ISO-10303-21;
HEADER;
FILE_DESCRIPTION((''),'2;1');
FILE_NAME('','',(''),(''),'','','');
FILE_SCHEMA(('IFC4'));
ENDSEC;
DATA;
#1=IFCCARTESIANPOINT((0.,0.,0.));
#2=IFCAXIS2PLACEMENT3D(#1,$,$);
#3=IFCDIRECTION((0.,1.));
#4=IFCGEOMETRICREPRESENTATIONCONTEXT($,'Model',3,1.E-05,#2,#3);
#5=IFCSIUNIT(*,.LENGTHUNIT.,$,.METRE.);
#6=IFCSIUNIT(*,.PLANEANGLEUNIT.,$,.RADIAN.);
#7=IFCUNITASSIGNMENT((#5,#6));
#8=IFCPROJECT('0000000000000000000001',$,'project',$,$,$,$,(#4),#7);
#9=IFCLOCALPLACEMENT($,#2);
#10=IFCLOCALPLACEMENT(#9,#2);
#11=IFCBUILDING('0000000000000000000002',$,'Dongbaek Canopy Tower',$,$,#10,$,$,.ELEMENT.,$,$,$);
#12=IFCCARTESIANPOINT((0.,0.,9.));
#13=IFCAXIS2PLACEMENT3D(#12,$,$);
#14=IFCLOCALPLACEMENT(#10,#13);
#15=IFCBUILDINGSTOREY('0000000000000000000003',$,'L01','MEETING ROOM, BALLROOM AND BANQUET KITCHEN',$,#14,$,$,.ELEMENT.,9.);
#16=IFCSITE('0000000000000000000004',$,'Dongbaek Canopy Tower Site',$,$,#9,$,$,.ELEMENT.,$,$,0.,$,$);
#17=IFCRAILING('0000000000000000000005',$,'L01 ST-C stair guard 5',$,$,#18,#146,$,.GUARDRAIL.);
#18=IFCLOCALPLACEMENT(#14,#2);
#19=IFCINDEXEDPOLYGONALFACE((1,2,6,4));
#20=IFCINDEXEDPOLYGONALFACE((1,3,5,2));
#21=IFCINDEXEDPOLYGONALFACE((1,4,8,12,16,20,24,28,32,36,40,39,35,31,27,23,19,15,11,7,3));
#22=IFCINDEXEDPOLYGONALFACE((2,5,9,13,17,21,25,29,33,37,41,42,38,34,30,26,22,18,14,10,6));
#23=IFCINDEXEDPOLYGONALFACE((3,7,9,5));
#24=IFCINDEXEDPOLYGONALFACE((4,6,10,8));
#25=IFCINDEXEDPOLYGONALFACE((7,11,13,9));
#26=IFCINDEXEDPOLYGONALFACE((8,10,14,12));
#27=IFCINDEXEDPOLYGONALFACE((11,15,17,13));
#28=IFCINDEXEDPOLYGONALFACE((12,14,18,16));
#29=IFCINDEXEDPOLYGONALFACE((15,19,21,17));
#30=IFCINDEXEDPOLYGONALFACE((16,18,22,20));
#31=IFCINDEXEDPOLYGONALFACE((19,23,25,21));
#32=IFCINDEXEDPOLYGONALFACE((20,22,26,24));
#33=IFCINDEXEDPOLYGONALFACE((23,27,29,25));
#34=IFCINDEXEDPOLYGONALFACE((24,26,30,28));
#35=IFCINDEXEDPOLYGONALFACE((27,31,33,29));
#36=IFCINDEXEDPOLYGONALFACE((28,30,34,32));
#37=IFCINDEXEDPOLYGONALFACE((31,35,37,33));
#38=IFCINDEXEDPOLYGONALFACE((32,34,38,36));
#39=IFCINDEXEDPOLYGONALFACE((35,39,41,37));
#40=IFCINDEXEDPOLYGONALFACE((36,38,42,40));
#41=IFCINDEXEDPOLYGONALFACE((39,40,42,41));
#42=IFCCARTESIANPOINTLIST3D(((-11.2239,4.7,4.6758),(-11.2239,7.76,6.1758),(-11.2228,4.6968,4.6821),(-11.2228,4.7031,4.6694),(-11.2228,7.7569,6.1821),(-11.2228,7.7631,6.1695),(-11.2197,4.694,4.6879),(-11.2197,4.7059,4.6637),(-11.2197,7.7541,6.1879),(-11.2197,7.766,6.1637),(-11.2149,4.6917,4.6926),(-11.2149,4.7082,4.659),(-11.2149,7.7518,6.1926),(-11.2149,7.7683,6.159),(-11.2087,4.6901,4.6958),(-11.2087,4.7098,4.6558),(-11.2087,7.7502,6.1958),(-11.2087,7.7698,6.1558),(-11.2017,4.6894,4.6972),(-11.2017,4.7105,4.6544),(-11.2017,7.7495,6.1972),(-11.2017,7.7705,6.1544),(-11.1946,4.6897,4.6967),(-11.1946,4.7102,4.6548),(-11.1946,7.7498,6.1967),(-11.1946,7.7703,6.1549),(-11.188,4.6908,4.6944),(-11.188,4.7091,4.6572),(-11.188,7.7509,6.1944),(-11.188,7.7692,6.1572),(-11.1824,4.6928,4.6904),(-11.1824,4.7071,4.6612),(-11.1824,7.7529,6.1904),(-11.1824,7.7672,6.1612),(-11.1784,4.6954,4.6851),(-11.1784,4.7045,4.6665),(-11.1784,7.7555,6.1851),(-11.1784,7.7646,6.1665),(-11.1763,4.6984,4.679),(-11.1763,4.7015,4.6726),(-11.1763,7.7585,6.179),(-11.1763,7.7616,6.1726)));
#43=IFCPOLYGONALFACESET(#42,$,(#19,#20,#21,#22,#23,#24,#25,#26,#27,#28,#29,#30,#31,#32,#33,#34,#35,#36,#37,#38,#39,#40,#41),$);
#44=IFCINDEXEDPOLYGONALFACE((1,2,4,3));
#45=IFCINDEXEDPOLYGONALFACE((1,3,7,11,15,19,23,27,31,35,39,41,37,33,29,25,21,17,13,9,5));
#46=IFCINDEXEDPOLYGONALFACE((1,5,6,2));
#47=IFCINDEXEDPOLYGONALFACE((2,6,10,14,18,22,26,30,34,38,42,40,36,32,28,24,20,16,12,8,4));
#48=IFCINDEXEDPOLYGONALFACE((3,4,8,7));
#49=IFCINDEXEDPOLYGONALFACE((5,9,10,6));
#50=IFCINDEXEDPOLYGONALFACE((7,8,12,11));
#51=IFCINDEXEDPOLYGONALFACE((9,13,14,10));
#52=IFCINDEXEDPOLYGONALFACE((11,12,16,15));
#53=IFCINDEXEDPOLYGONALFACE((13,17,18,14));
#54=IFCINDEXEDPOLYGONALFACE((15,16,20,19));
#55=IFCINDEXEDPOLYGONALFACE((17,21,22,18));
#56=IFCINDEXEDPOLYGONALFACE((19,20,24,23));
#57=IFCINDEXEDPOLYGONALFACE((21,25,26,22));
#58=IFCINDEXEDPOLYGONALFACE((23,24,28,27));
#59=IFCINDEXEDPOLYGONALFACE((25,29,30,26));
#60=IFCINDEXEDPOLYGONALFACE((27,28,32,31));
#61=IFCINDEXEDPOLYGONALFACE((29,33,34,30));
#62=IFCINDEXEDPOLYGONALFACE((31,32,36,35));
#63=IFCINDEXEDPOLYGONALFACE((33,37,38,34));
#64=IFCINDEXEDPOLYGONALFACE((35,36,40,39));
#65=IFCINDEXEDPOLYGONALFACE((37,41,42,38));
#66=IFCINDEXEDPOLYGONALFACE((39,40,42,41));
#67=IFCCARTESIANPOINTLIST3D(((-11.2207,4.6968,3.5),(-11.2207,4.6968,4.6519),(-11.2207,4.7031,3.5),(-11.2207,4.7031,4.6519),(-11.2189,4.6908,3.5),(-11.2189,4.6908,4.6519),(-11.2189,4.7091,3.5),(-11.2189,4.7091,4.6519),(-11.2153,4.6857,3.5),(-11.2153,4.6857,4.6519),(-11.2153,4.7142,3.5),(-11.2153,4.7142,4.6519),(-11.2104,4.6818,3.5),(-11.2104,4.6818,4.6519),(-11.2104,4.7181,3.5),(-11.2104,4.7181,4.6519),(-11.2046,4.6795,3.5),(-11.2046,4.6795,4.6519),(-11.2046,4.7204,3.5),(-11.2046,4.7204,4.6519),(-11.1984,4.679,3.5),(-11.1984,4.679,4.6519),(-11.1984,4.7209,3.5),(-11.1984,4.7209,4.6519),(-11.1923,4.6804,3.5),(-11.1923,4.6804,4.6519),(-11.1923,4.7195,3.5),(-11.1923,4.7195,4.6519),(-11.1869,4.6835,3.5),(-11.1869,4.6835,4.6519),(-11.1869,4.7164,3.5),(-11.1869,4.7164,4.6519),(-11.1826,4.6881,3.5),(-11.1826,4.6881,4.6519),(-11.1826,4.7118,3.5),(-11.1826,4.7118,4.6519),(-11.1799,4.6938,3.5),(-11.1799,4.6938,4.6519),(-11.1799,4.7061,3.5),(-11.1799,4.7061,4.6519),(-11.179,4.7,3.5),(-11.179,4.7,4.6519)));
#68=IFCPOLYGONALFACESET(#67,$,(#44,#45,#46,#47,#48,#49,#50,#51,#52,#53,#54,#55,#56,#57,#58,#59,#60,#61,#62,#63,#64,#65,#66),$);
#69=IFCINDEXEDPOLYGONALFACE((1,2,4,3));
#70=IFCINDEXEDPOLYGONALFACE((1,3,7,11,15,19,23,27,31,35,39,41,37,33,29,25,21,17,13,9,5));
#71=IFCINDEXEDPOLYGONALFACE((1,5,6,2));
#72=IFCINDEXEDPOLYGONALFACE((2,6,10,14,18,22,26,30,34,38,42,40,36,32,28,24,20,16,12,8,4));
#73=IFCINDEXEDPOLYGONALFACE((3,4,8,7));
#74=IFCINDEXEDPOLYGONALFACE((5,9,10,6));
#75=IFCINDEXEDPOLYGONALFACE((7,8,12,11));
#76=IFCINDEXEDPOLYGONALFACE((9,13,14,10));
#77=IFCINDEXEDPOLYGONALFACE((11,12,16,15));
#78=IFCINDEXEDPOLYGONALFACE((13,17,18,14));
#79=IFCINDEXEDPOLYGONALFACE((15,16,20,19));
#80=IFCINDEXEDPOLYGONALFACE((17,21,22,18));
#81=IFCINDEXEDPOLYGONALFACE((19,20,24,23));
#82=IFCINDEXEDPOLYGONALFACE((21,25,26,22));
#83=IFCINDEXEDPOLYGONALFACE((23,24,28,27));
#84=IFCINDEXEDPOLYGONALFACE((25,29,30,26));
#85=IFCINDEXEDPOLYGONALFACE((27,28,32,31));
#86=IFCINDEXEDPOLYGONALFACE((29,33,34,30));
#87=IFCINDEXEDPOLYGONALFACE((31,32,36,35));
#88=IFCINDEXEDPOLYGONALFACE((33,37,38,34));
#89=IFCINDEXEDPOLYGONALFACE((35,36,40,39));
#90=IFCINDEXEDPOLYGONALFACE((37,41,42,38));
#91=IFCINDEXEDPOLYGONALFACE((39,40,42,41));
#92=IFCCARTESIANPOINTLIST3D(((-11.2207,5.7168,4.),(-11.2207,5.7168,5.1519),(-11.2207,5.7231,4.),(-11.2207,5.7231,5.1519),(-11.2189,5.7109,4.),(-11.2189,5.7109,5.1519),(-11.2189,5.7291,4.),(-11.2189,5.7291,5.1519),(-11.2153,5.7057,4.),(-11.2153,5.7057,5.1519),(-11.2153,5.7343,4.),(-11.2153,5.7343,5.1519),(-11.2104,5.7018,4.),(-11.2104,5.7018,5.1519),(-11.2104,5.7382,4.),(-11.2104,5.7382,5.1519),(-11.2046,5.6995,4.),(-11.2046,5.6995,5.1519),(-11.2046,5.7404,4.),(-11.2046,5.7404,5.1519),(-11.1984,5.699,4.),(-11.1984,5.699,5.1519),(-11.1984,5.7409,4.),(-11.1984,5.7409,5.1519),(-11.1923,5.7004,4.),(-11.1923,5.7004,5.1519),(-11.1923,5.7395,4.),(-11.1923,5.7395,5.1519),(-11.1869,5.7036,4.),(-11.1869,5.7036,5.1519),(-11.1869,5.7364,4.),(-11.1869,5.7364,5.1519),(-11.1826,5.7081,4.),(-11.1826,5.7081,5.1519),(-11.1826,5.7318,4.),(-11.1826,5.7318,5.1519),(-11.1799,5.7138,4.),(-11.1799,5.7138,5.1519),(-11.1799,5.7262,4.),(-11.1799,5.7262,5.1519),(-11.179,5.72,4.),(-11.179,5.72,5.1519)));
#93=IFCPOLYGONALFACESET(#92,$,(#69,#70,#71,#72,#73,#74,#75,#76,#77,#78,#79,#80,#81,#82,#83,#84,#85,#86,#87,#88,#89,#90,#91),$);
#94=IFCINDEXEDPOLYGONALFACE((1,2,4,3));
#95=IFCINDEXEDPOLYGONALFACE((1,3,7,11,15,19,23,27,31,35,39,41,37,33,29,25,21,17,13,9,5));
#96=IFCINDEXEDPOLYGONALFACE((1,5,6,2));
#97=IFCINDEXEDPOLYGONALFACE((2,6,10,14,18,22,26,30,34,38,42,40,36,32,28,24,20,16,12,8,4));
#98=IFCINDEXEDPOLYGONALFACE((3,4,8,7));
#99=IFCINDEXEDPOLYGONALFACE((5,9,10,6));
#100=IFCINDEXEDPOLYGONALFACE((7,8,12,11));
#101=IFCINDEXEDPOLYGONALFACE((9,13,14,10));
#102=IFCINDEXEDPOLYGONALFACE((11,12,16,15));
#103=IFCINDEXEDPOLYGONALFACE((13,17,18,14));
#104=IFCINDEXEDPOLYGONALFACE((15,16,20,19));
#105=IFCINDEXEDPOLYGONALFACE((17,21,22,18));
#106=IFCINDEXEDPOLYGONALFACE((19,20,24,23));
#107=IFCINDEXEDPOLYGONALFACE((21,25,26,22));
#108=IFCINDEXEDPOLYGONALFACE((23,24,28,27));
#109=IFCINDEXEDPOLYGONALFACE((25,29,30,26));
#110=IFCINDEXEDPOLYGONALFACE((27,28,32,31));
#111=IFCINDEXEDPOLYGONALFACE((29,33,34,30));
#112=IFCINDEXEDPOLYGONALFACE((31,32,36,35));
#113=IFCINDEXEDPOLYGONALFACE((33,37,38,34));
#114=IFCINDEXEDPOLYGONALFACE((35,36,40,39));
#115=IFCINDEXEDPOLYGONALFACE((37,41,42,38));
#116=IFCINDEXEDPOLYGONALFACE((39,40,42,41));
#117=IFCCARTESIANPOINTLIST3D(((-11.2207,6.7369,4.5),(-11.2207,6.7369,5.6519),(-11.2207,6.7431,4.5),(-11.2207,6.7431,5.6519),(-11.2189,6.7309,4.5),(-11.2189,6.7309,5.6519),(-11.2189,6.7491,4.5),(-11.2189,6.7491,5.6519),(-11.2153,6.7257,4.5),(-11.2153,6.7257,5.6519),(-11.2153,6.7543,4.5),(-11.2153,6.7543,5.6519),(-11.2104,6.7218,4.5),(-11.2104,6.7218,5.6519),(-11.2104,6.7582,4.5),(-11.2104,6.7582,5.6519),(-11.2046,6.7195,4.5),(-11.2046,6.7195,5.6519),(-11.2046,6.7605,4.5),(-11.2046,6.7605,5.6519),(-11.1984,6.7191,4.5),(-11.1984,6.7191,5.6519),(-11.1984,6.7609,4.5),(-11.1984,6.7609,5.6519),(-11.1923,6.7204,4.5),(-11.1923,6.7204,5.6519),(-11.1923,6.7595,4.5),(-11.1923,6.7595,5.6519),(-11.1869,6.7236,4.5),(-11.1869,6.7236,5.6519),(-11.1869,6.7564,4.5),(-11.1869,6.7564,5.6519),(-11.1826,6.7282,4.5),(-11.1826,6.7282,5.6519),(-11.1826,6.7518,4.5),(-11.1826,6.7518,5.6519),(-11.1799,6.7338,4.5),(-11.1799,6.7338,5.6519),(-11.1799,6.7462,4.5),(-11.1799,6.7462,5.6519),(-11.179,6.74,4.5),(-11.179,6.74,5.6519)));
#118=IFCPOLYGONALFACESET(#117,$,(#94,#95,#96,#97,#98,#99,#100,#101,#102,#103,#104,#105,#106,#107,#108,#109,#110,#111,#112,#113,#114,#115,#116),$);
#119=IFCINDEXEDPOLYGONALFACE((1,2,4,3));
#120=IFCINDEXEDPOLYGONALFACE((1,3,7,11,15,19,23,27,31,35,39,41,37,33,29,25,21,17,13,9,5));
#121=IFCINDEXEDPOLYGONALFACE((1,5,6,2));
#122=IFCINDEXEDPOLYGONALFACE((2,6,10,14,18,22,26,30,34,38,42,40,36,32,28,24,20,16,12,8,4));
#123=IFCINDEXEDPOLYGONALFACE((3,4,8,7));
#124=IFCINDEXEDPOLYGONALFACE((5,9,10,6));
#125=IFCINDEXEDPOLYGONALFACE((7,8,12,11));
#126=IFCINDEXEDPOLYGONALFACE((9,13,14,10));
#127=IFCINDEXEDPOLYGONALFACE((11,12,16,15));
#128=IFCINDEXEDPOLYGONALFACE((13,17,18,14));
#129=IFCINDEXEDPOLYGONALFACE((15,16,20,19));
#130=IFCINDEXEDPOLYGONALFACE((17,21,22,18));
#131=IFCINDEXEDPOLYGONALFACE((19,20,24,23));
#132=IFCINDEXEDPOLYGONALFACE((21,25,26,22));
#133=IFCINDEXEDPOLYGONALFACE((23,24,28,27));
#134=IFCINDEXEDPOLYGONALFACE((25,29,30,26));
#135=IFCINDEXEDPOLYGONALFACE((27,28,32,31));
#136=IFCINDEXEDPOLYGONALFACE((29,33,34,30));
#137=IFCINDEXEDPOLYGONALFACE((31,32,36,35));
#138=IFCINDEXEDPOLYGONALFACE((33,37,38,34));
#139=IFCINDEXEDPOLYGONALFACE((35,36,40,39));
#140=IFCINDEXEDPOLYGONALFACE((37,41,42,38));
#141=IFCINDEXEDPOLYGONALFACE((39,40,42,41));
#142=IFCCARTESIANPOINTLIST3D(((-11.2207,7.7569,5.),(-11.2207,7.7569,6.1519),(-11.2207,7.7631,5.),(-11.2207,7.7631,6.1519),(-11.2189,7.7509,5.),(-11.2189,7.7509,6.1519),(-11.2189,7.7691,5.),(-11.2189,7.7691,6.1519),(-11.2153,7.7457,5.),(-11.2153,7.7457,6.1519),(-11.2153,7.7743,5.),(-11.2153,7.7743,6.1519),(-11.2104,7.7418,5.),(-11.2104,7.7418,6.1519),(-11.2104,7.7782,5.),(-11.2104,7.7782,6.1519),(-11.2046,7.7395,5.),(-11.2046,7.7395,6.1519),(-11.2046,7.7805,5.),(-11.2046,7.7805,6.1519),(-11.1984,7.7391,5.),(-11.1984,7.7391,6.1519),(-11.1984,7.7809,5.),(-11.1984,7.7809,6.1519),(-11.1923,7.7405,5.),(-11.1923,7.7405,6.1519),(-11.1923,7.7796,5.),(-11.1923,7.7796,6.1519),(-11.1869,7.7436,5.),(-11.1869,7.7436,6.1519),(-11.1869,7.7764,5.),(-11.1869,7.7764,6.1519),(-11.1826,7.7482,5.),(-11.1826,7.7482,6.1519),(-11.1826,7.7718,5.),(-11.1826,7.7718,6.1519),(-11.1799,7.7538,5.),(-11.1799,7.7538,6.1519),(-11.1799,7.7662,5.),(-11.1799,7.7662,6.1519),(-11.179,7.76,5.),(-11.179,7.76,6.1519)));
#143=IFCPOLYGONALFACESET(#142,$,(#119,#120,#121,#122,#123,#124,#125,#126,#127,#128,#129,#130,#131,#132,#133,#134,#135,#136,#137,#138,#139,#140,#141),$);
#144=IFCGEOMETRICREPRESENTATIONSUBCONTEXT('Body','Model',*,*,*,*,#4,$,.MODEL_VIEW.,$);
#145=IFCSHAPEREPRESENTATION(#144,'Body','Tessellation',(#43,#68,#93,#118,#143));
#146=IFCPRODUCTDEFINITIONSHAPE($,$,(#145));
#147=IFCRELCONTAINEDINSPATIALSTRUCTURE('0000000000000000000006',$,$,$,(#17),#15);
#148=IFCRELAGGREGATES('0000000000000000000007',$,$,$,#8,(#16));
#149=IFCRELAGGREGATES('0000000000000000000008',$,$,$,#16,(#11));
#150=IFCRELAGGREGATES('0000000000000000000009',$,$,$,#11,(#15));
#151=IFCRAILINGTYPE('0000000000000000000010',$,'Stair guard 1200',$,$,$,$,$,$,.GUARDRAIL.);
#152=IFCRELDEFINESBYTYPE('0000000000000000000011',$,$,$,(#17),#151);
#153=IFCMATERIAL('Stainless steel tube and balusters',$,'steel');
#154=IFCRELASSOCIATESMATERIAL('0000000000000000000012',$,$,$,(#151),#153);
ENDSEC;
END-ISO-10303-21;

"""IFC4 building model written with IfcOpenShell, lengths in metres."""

from ifc_helpers import new_model, si_unit, direction, frame, origin, origin_2d, place, context, subcontext, project, spatial, circle, extrude, material, type_object, element, save


model = new_model("IFC4")

# Units and contexts
model_context = context("Model", 3, precision=1e-05, world=origin(), true_north=direction((0.0, 1.0)))
body_context = subcontext(model_context, "Body", "Model", "MODEL_VIEW")
ifc_project = project(units=[si_unit("LENGTHUNIT", "METRE"), si_unit("PLANEANGLEUNIT", "RADIAN")], contexts=[model_context])

# Site, building, storey
site_placement = place(None, origin())
site = spatial("IfcSite", under=ifc_project, at=site_placement, Name="Dongbaek Canopy Tower Site", CompositionType="ELEMENT", RefElevation=0.0)
building_placement = place(site_placement, origin())
building = spatial("IfcBuilding", under=site, at=building_placement, Name="Dongbaek Canopy Tower", CompositionType="ELEMENT")
storey_placement = place(building_placement, frame((0.0, 0.0, 9.0)))
storey = spatial("IfcBuildingStorey", under=building, at=storey_placement, Name="L01", Description="MEETING ROOM, BALLROOM AND BANQUET KITCHEN", CompositionType="ELEMENT", Elevation=9.0)

# Railing
ifc_material_1 = material(Name="Stainless steel tube and balusters", Category="steel")
railing_type_1 = type_object("IfcRailingType", Name="Stair guard 1200", PredefinedType="GUARDRAIL", material=ifc_material_1)
railing_1_placement = place(storey_placement, frame((-11.2, 4.7, 3.5)))
element("IfcRailing", 1, at=railing_1_placement, inside=storey, type_object=railing_type_1, Name="L01 ST-C stair guard 5", PredefinedType="GUARDRAIL", context=body_context, shape_type="SweptSolid", body=[
    extrude(circle(Radius=0.0239, at=origin_2d()), frame((0.0, 0.0, 1.1758), z_axis=(0.0, 0.897924, 0.44015), x_axis=(-1.0, 0.0, 0.0)), (0.0, 0.0, 1.0), 3.408),
    extrude(circle(Radius=0.021, at=origin_2d()), origin(), (0.0, 0.0, 1.0), 1.1519),
    extrude(circle(Radius=0.021, at=origin_2d()), frame((0.0, 1.02, 0.5)), (0.0, 0.0, 1.0), 1.1519),
    extrude(circle(Radius=0.021, at=origin_2d()), frame((0.0, 2.04, 1.0)), (0.0, 0.0, 1.0), 1.1519),
    extrude(circle(Radius=0.021, at=origin_2d()), frame((0.0, 3.0601, 1.5)), (0.0, 0.0, 1.0), 1.1519),
])

save(model, "model.ifc")
